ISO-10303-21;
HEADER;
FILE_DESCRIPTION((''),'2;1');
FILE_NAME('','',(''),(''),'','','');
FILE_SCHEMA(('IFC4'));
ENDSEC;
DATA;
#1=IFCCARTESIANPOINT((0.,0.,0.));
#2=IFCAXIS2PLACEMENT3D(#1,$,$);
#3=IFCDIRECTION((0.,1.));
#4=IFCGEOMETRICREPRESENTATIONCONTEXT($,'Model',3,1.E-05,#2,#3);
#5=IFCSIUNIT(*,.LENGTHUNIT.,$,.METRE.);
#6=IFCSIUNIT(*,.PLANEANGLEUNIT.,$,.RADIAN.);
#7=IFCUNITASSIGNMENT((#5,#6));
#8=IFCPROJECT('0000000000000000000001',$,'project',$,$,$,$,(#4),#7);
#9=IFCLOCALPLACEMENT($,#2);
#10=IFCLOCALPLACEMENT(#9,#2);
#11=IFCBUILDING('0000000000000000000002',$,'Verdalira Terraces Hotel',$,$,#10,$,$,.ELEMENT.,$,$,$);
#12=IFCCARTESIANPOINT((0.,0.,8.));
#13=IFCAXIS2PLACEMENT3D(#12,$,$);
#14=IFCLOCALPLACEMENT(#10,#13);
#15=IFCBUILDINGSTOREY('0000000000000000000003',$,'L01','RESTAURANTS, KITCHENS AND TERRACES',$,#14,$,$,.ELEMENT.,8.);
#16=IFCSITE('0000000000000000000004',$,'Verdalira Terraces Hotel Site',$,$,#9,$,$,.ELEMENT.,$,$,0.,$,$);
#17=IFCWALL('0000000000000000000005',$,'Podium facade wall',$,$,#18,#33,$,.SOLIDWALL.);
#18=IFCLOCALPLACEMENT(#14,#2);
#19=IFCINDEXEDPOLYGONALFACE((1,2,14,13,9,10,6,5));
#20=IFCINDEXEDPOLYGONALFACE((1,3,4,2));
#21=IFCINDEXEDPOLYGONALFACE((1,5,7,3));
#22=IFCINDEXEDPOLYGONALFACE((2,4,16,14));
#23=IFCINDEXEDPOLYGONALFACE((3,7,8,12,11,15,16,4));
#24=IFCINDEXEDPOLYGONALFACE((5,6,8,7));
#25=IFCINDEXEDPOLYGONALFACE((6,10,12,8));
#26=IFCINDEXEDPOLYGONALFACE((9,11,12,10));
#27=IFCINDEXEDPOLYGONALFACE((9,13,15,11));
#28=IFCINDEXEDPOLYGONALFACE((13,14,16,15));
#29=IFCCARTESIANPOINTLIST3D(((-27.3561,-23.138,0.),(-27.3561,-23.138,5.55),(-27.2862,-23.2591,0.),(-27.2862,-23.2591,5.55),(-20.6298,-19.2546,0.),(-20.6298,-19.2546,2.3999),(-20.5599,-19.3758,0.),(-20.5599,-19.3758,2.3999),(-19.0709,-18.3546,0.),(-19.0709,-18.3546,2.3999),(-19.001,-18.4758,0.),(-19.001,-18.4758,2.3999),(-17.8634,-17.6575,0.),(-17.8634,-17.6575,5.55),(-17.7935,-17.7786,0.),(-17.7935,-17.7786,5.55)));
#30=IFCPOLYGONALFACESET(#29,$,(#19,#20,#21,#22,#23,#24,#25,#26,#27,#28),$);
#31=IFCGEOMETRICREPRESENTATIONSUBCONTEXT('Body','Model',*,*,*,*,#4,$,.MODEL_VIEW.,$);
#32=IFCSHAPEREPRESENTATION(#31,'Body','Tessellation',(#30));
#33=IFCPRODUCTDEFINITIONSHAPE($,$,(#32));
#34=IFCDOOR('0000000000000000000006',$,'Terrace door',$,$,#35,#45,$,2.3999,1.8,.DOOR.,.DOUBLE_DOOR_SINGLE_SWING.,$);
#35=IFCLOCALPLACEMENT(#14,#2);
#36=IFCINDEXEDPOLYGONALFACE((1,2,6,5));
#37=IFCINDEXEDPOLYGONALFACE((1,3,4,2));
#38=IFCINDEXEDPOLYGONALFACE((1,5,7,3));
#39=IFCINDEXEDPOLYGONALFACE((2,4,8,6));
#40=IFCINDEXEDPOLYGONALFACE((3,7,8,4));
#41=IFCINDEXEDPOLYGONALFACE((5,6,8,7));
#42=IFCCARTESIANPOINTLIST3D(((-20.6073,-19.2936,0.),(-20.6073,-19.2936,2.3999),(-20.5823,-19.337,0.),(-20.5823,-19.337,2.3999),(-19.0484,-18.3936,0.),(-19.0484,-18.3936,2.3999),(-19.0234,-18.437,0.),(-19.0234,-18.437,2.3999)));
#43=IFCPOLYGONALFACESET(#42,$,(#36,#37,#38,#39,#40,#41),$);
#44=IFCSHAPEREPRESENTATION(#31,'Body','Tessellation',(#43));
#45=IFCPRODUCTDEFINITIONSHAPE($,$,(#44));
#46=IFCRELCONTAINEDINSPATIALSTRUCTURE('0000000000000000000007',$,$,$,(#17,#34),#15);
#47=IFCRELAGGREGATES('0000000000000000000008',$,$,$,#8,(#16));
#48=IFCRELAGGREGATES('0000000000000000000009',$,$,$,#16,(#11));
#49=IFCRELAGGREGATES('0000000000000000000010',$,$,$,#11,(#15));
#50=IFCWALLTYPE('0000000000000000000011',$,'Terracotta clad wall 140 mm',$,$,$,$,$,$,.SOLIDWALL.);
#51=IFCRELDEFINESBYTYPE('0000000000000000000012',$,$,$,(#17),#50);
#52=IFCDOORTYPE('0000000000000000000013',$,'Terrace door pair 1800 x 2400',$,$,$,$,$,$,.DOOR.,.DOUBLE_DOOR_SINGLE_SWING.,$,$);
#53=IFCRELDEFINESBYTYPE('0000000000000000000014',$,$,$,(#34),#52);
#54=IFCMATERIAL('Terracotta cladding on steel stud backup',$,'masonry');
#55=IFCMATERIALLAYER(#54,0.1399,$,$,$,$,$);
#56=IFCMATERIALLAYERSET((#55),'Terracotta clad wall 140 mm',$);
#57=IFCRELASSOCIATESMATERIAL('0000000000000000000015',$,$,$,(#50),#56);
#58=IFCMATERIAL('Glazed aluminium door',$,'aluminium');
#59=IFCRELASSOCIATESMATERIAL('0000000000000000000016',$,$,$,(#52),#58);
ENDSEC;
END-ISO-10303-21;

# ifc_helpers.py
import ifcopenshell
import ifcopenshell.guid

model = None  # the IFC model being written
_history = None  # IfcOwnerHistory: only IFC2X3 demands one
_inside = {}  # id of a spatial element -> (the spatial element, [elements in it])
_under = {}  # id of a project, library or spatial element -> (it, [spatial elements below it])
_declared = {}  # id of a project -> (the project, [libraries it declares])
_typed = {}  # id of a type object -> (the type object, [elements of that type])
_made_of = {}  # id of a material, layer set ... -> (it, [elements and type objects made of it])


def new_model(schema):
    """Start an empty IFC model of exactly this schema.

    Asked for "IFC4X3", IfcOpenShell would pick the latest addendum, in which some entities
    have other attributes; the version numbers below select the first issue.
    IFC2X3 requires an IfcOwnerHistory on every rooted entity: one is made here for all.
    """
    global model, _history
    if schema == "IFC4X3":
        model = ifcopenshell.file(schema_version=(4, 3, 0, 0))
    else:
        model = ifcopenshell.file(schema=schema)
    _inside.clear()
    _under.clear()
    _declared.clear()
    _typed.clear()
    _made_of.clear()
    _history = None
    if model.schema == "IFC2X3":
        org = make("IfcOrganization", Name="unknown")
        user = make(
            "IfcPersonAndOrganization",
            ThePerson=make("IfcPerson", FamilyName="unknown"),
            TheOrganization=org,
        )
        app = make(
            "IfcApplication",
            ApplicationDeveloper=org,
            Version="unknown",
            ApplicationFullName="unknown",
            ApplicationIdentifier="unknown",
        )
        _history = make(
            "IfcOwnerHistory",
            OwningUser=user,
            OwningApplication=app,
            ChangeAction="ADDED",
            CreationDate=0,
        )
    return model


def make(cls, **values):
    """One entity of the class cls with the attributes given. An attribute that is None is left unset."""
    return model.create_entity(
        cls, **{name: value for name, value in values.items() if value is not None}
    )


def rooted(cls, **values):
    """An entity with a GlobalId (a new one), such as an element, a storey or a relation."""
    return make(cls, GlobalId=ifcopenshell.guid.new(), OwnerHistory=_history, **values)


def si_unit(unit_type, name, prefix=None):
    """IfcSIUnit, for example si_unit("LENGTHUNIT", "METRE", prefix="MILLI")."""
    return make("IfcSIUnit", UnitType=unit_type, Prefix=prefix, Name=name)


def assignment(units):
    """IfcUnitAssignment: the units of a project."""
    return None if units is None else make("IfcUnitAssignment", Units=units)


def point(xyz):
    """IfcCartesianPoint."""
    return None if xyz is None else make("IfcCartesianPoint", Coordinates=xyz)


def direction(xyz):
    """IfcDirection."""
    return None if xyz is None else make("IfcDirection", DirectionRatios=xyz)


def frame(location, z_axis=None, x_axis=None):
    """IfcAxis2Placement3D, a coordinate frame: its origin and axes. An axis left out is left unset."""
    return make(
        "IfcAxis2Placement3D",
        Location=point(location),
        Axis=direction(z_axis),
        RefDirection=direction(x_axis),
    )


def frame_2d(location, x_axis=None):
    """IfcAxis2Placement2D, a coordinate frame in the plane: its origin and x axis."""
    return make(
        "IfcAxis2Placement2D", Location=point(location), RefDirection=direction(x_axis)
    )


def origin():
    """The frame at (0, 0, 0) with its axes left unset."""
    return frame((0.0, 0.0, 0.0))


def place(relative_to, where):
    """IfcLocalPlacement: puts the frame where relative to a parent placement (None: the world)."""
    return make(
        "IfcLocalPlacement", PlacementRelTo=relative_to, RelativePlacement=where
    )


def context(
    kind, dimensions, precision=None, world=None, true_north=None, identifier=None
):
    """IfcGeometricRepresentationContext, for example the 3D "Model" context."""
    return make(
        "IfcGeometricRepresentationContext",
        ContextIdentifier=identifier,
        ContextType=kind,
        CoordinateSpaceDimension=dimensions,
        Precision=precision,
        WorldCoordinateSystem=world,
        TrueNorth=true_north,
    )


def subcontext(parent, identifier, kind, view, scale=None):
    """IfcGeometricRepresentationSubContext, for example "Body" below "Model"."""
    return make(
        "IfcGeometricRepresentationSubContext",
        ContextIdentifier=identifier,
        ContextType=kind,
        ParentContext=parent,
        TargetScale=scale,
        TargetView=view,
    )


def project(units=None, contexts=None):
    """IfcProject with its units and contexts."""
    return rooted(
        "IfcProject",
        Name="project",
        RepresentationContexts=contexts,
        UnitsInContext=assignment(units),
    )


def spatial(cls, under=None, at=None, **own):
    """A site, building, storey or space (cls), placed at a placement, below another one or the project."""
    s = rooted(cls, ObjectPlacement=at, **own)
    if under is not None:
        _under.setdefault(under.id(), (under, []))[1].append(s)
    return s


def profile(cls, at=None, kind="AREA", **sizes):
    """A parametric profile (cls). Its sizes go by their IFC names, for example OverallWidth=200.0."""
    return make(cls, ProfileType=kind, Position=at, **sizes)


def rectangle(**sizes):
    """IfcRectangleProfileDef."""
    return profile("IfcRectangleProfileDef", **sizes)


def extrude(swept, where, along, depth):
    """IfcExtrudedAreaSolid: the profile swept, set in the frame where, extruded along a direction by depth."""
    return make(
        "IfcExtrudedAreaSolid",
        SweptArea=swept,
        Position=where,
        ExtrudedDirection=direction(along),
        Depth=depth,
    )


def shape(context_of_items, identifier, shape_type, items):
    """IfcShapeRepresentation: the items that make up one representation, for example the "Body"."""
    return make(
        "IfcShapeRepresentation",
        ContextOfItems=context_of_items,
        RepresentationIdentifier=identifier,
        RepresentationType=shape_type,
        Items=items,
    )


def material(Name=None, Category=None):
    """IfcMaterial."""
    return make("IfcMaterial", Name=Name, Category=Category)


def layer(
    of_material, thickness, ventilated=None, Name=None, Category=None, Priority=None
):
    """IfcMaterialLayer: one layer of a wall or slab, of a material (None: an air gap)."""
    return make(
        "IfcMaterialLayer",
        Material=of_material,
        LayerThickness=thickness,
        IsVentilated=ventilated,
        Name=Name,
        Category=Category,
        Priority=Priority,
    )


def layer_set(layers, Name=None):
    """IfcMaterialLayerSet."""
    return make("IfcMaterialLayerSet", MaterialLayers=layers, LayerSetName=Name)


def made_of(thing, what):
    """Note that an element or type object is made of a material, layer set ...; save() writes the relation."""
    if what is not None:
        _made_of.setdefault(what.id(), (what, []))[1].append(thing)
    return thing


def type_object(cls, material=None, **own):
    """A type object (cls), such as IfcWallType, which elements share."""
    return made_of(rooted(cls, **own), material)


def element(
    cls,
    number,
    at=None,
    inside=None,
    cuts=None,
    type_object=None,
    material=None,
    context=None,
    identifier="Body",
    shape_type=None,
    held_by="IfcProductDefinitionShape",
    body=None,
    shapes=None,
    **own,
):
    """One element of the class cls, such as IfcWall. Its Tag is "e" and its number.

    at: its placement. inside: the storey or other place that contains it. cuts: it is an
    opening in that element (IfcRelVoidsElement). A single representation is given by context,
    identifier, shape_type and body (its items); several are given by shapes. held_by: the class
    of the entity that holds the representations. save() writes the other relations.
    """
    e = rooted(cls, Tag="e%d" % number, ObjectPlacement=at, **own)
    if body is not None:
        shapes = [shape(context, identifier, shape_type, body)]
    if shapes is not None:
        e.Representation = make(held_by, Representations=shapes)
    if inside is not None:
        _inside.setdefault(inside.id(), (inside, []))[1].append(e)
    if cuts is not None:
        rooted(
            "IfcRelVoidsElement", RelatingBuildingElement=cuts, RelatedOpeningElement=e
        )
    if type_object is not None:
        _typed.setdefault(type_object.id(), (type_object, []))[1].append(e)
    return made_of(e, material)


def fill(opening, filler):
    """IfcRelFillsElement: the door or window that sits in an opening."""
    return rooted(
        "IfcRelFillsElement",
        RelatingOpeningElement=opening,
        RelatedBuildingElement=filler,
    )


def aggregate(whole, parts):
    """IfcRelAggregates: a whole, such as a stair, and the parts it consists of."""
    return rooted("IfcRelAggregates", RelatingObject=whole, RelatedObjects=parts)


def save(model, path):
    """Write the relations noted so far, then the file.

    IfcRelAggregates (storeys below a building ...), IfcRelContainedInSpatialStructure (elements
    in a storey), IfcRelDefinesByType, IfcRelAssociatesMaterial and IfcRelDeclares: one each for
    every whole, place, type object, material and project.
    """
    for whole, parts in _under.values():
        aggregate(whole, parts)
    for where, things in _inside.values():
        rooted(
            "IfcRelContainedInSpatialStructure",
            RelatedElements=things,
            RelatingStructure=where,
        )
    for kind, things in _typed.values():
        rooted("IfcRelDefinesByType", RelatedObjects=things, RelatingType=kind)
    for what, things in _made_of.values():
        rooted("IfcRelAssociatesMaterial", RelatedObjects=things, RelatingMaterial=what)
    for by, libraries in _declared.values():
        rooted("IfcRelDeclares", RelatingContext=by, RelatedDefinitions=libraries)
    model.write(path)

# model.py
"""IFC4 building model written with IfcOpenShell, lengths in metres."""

from ifc_helpers import new_model, si_unit, direction, frame, frame_2d, origin, place, context, subcontext, project, spatial, rectangle, extrude, material, layer, layer_set, type_object, element, fill, save


model = new_model("IFC4")

# Units and contexts
model_context = context("Model", 3, precision=1e-05, world=origin(), true_north=direction((0.0, 1.0)))
body_context = subcontext(model_context, "Body", "Model", "MODEL_VIEW")
ifc_project = project(units=[si_unit("LENGTHUNIT", "METRE"), si_unit("PLANEANGLEUNIT", "RADIAN")], contexts=[model_context])

# Site, building, storey
site_placement = place(None, origin())
site = spatial("IfcSite", under=ifc_project, at=site_placement, Name="Verdalira Terraces Hotel Site", CompositionType="ELEMENT", RefElevation=0.0)
building_placement = place(site_placement, origin())
building = spatial("IfcBuilding", under=site, at=building_placement, Name="Verdalira Terraces Hotel", CompositionType="ELEMENT")
storey_placement = place(building_placement, frame((0.0, 0.0, 8.0)))
storey = spatial("IfcBuildingStorey", under=building, at=storey_placement, Name="L01", Description="RESTAURANTS, KITCHENS AND TERRACES", CompositionType="ELEMENT", Elevation=8.0)

# Shared definitions
ifc_material_1 = material(Name="Terracotta cladding on steel stud backup", Category="masonry")
ifc_layer_1 = layer(ifc_material_1, 0.1399)
ifc_layer_set_1 = layer_set([ifc_layer_1], Name="Terracotta clad wall 140 mm")
wall_type_1 = type_object("IfcWallType", Name="Terracotta clad wall 140 mm", PredefinedType="SOLIDWALL", material=ifc_layer_set_1)

# Wall, opening, door
wall_1_placement = place(storey_placement, frame((-27.321, -23.1985, 0.0), z_axis=(0.0, 0.0, 1.0), x_axis=(0.866031, 0.499991, 0.0)))
wall_1 = element("IfcWall", 1, at=wall_1_placement, inside=storey, type_object=wall_type_1, Name="Podium facade wall", PredefinedType="SOLIDWALL", context=body_context, shape_type="SweptSolid", body=[
    extrude(rectangle(XDim=10.9612, YDim=0.1399, at=frame_2d((5.4805, 0.0))), origin(), (0.0, 0.0, 1.0), 5.55),
])
opening_1_placement = place(wall_1_placement, frame((7.7668, 0.0, 0.0)))
opening_1 = element("IfcOpeningElement", 2, at=opening_1_placement, cuts=wall_1, PredefinedType="OPENING", context=body_context, shape_type="SweptSolid", body=[
    extrude(rectangle(XDim=1.8, YDim=2.3999, at=frame_2d((0.8999, 1.2))), frame((0.0, 0.0798, 0.0), z_axis=(0.0, -1.0, 0.0), x_axis=(1.0, 0.0, 0.0)), (0.0, 0.0, 1.0), 0.1599),
])
ifc_material_2 = material(Name="Glazed aluminium door", Category="aluminium")
door_type_1 = type_object("IfcDoorType", Name="Terrace door pair 1800 x 2400", OperationType="DOUBLE_DOOR_SINGLE_SWING", PredefinedType="DOOR", material=ifc_material_2)
door_1_placement = place(opening_1_placement, origin())
door_1 = element("IfcDoor", 3, at=door_1_placement, inside=storey, type_object=door_type_1, Name="Terrace door", OperationType="DOUBLE_DOOR_SINGLE_SWING", OverallHeight=2.3999, OverallWidth=1.8, PredefinedType="DOOR", context=body_context, shape_type="SweptSolid", body=[
    extrude(rectangle(XDim=1.8, YDim=2.3999, at=frame_2d((0.8999, 1.2))), frame((0.0, 0.0249, 0.0), z_axis=(0.0, -1.0, 0.0), x_axis=(1.0, 0.0, 0.0)), (0.0, 0.0, 1.0), 0.05),
])
fill(opening_1, door_1)

save(model, "model.ifc")
